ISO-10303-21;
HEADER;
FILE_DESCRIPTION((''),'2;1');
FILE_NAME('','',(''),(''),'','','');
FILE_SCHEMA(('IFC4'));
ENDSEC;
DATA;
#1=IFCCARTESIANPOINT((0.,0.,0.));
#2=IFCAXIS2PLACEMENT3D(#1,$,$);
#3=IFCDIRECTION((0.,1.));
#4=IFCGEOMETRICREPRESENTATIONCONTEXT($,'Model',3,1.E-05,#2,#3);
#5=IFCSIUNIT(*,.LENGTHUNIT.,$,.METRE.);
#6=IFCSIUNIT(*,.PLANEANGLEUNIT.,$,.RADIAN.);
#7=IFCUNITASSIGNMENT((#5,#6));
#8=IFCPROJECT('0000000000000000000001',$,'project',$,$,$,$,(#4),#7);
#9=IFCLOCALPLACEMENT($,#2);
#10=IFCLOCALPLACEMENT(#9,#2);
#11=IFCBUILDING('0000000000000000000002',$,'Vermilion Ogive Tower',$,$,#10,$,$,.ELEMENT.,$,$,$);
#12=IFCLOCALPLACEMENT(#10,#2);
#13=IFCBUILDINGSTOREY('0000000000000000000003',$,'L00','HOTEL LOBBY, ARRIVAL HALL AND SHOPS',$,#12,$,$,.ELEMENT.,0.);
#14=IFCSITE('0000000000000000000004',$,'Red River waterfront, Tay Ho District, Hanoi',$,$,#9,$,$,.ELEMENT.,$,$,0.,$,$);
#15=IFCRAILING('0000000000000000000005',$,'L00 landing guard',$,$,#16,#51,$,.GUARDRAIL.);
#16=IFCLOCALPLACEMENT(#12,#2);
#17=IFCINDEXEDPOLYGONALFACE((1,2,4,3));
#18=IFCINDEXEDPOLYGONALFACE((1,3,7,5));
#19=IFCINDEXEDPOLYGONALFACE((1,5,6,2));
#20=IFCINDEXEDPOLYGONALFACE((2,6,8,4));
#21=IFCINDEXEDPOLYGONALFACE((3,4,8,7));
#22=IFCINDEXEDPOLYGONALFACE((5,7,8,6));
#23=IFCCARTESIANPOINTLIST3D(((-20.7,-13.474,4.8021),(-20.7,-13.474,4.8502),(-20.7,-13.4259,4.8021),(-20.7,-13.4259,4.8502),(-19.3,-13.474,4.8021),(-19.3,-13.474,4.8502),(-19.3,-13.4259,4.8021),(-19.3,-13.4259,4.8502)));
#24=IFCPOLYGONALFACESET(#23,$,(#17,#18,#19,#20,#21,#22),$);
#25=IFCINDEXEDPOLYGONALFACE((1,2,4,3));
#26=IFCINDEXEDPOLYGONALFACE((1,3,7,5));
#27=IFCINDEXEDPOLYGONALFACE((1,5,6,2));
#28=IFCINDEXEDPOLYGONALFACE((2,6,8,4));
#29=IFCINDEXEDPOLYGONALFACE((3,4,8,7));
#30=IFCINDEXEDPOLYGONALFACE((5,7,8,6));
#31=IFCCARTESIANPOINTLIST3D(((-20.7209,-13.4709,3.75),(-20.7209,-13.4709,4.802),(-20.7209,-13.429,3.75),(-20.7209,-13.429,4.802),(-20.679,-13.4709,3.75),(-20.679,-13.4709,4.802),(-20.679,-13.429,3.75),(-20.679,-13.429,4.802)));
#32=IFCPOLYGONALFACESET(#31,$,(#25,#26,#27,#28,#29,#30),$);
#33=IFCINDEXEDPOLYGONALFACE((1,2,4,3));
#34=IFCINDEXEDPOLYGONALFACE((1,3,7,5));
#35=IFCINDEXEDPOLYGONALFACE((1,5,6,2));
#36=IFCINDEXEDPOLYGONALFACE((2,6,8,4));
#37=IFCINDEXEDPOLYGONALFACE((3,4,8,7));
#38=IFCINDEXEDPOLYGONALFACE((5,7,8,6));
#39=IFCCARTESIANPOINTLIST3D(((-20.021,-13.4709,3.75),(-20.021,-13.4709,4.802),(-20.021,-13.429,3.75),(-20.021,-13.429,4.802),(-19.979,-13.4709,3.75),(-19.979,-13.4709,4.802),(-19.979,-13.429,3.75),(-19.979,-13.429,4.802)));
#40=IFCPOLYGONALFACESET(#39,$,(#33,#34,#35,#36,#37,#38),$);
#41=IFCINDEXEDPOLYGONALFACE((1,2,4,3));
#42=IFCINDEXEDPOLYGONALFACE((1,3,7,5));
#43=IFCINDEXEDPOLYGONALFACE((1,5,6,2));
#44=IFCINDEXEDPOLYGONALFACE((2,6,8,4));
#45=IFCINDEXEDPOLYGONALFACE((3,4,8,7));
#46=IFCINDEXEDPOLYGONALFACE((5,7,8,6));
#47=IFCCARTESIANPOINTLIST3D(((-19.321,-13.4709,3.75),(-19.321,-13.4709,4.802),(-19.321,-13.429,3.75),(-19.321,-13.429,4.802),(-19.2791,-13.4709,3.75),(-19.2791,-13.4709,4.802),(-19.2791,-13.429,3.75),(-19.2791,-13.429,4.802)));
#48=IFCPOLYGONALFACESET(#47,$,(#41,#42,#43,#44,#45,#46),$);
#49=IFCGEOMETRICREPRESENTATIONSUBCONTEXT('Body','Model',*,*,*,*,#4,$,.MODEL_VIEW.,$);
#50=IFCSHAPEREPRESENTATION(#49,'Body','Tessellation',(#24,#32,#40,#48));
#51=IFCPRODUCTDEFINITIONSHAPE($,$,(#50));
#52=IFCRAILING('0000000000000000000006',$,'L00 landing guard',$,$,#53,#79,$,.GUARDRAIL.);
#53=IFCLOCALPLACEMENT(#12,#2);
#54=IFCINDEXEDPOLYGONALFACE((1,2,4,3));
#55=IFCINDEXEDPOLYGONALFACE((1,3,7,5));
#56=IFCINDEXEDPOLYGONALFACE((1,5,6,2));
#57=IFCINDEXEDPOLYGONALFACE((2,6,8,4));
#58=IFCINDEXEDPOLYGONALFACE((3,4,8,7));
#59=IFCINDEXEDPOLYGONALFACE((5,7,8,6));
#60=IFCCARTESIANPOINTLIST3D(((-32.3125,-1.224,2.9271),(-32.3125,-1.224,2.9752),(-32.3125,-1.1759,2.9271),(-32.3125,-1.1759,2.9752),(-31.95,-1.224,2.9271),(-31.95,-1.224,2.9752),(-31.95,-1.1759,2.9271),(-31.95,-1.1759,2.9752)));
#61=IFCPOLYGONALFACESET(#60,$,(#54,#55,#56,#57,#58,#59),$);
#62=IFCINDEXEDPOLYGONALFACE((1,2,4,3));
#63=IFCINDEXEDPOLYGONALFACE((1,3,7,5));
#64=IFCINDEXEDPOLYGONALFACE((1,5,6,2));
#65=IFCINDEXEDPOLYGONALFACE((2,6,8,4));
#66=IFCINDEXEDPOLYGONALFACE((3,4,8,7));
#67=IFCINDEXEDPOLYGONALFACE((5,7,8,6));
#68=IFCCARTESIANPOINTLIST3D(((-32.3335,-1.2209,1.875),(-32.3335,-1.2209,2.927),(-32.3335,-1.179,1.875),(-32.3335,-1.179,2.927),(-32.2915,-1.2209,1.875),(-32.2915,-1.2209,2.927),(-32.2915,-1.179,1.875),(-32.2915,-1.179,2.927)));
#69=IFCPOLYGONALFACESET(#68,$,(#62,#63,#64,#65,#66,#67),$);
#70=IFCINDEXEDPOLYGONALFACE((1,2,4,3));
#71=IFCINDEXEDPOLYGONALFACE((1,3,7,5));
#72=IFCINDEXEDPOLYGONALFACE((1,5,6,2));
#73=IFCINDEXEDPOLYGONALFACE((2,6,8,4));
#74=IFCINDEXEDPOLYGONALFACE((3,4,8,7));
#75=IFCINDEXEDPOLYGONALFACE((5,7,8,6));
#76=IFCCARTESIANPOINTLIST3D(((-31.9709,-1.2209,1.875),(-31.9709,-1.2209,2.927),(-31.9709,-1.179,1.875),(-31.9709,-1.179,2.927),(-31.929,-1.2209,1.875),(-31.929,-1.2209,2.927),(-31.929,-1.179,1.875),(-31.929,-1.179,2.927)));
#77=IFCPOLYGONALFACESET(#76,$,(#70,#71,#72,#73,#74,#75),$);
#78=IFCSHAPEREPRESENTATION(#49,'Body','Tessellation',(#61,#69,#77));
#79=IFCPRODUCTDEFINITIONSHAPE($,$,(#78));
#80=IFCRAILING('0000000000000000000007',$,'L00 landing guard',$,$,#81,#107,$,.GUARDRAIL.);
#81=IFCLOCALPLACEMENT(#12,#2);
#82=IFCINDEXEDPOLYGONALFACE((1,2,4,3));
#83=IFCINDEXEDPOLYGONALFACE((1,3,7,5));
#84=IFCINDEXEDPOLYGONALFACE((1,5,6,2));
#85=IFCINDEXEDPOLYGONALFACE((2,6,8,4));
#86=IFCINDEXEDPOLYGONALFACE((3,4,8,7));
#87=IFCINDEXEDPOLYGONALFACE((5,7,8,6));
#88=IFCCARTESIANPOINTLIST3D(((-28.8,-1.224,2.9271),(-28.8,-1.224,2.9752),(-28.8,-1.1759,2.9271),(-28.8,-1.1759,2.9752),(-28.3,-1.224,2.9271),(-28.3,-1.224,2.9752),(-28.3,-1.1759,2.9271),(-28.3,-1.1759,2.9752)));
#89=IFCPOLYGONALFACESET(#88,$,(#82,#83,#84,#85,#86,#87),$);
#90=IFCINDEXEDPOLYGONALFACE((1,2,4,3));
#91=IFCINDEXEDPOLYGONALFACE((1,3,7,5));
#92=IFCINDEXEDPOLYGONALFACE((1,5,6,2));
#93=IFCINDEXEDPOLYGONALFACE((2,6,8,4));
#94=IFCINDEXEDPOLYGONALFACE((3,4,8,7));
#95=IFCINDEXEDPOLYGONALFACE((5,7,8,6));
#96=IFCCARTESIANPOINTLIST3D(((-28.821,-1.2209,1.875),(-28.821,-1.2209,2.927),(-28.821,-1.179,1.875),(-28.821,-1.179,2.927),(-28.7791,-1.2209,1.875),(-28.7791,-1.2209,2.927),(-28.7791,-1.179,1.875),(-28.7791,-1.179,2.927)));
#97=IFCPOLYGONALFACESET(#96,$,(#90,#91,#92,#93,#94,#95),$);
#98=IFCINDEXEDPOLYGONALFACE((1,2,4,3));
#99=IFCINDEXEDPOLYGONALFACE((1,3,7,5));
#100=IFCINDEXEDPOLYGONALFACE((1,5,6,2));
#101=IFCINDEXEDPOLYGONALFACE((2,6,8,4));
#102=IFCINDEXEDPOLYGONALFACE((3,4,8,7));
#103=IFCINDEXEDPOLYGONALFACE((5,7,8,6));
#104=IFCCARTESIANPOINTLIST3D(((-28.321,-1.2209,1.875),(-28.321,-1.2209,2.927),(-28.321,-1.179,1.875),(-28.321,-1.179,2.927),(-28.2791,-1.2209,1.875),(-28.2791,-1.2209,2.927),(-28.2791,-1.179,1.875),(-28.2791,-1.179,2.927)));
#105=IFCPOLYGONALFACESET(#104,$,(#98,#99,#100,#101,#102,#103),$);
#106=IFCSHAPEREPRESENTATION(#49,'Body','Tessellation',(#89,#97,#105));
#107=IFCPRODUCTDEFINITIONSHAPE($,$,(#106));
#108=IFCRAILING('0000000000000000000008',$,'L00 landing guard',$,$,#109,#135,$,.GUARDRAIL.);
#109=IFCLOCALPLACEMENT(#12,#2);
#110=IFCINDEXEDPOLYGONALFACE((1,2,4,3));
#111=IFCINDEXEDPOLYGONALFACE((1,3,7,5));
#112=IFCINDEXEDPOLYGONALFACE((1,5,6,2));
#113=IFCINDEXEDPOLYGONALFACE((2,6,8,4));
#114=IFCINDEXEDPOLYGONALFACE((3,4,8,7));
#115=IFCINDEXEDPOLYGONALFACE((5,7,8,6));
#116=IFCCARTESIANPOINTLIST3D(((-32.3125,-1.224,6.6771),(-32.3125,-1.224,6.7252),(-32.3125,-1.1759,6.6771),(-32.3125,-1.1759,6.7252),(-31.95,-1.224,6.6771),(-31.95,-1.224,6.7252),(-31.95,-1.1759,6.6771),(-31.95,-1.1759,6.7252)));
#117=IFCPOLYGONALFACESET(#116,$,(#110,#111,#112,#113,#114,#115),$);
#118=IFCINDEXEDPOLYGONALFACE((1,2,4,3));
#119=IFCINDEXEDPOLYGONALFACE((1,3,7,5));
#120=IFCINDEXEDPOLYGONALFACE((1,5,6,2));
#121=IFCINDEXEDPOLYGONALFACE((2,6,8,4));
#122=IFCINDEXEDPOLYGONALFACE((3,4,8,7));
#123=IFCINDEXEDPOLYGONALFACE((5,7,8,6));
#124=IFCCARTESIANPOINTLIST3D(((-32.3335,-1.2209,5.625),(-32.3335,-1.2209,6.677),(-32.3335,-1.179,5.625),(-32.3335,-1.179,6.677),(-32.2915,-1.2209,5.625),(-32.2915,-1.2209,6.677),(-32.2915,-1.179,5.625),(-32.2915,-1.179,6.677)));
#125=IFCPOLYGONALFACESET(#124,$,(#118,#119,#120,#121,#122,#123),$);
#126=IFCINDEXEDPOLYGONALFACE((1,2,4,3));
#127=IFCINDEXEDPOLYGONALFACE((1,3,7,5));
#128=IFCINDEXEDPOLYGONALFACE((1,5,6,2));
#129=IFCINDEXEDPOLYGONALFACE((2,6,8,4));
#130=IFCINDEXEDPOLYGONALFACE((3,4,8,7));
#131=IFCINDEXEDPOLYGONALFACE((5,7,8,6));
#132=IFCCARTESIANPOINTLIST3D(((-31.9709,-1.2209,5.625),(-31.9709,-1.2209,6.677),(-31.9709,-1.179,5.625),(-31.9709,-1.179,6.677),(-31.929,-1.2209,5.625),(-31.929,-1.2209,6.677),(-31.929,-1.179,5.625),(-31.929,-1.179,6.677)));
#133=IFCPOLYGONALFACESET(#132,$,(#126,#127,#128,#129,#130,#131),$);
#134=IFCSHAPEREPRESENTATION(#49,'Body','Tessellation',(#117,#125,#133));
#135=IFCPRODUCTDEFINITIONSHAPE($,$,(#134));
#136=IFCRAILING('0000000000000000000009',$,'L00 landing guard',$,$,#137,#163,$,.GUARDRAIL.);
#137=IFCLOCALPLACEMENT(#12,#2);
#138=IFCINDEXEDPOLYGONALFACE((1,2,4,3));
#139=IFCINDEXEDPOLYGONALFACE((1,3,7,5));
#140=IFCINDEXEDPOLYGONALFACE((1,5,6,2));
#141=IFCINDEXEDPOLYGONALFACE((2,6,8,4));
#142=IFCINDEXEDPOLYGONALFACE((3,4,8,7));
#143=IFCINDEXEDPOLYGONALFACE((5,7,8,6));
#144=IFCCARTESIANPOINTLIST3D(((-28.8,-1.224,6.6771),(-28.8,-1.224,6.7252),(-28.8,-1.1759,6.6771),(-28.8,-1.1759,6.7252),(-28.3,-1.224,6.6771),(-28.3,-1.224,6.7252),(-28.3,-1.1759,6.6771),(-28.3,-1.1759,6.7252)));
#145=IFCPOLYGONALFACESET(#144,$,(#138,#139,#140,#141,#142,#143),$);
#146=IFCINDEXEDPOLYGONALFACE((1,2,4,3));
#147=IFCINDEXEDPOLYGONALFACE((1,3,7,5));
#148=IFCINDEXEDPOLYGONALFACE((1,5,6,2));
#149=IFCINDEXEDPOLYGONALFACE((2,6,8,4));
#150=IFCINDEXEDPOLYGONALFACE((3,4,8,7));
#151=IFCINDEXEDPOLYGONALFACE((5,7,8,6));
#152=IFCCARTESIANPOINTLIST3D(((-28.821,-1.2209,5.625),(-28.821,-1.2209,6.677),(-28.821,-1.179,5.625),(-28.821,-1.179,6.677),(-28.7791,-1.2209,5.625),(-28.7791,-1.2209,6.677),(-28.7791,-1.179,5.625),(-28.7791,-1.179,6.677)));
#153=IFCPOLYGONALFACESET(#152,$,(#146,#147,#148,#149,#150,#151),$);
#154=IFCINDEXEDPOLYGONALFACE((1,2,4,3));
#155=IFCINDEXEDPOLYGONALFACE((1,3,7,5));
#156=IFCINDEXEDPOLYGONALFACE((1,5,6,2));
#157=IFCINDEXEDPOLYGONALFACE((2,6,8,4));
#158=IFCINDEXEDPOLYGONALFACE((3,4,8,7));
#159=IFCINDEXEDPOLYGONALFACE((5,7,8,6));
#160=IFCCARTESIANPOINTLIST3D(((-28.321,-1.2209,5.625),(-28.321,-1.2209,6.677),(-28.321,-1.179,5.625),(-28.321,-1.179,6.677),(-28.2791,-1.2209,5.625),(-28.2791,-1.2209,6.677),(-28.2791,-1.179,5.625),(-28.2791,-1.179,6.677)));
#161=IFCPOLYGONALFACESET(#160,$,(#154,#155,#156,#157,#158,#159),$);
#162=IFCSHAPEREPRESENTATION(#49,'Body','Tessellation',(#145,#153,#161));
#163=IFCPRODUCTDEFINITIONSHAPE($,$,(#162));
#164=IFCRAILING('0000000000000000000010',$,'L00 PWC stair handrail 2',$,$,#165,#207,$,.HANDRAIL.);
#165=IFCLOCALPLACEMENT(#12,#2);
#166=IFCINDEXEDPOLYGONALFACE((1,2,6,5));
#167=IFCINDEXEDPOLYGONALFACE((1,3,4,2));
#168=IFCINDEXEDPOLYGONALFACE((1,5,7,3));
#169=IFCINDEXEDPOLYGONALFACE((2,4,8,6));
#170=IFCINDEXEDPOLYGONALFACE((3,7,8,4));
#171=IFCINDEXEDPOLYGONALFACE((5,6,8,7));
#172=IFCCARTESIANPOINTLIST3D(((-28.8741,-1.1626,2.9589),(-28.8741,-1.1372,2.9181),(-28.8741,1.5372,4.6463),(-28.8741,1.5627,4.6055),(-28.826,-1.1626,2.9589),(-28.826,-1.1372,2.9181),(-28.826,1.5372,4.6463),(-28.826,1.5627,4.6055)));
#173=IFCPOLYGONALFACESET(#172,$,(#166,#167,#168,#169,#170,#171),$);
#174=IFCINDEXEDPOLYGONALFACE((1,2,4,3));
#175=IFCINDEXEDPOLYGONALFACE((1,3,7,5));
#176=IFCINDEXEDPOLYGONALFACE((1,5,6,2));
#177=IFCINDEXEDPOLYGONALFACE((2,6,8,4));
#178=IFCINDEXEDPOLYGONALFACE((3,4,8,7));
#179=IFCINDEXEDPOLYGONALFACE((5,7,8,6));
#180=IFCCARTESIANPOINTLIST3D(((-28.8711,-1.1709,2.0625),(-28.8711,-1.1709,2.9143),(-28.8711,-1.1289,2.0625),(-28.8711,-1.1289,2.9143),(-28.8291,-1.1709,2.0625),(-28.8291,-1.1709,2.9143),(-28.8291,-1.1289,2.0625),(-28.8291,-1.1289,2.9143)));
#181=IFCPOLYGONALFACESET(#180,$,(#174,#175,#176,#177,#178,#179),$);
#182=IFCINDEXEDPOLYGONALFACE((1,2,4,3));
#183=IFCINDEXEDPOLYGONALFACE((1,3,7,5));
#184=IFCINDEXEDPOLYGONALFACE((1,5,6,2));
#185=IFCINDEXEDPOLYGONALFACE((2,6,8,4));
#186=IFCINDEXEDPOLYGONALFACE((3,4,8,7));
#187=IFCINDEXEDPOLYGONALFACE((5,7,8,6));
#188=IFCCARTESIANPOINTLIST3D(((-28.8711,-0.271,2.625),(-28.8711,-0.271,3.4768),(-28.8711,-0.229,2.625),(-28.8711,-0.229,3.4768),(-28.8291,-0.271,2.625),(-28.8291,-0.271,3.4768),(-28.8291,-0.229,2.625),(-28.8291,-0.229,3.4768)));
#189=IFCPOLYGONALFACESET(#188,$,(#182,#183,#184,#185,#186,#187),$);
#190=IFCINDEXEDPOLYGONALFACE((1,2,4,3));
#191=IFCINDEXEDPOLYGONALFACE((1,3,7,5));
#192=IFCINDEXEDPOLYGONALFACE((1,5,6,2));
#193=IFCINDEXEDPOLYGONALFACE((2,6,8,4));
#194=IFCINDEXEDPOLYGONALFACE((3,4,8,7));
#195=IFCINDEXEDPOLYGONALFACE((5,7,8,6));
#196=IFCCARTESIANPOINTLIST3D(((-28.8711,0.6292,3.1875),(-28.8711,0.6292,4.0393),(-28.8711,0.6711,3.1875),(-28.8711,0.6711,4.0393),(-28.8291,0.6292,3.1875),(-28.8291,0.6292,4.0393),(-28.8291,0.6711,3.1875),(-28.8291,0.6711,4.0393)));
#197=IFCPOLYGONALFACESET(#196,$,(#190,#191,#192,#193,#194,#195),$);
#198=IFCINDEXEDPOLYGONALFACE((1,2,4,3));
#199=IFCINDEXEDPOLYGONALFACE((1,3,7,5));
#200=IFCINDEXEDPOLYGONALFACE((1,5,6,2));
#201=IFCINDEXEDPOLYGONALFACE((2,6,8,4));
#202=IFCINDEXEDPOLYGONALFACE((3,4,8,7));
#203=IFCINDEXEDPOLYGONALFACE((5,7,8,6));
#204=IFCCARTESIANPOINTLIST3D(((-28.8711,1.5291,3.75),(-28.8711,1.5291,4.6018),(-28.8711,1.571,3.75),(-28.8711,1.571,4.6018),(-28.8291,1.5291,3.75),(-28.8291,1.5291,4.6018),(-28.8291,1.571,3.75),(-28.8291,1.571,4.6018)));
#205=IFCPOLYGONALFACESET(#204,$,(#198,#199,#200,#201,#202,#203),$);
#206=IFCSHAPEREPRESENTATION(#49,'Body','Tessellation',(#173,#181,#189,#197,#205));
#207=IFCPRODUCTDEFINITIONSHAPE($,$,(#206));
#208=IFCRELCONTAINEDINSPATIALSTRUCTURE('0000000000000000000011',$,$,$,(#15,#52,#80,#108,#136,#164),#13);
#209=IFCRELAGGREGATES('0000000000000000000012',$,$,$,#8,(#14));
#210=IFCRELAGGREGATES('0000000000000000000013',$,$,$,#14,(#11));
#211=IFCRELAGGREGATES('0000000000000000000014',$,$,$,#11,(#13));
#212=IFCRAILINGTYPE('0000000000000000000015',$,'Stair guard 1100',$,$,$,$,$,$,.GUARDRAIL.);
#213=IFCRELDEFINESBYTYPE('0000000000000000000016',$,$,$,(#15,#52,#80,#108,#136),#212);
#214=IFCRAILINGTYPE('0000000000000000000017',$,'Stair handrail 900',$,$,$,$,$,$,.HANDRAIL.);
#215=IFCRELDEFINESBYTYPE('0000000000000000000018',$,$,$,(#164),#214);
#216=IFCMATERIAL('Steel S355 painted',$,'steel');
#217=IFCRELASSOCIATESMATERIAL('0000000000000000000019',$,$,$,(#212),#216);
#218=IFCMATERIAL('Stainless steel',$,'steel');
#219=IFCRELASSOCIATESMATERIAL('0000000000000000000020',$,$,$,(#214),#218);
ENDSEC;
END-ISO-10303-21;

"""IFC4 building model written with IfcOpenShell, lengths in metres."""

from ifc_helpers import new_model, si_unit, direction, frame, origin, origin_2d, place, context, subcontext, project, spatial, rectangle, extrude, material, type_object, element, save


model = new_model("IFC4")

# Units and contexts
model_context = context("Model", 3, precision=1e-05, world=origin(), true_north=direction((0.0, 1.0)))
body_context = subcontext(model_context, "Body", "Model", "MODEL_VIEW")
ifc_project = project(units=[si_unit("LENGTHUNIT", "METRE"), si_unit("PLANEANGLEUNIT", "RADIAN")], contexts=[model_context])

# Site, building, storey
site_placement = place(None, origin())
site = spatial("IfcSite", under=ifc_project, at=site_placement, Name="Red River waterfront, Tay Ho District, Hanoi", CompositionType="ELEMENT", RefElevation=0.0)
building_placement = place(site_placement, origin())
building = spatial("IfcBuilding", under=site, at=building_placement, Name="Vermilion Ogive Tower", CompositionType="ELEMENT")
storey_placement = place(building_placement, origin())
storey = spatial("IfcBuildingStorey", under=building, at=storey_placement, Name="L00", Description="HOTEL LOBBY, ARRIVAL HALL AND SHOPS", CompositionType="ELEMENT", Elevation=0.0)

# Railings
ifc_material_1 = material(Name="Steel S355 painted", Category="steel")
railing_type_1 = type_object("IfcRailingType", Name="Stair guard 1100", PredefinedType="GUARDRAIL", material=ifc_material_1)
railing_1_placement = place(storey_placement, frame((-20.7, -13.45, 3.75)))
element("IfcRailing", 1, at=railing_1_placement, inside=storey, type_object=railing_type_1, Name="L00 landing guard", PredefinedType="GUARDRAIL", context=body_context, shape_type="SweptSolid", body=[
    extrude(rectangle(XDim=0.0481, YDim=0.0481, at=origin_2d()), frame((0.0, 0.0, 1.0762), z_axis=(1.0, 0.0, 0.0), x_axis=(0.0, 1.0, 0.0)), (0.0, 0.0, 1.0), 1.3999),
    extrude(rectangle(XDim=0.042, YDim=0.042, at=origin_2d()), origin(), (0.0, 0.0, 1.0), 1.052),
    extrude(rectangle(XDim=0.042, YDim=0.042, at=origin_2d()), frame((0.7, 0.0, 0.0)), (0.0, 0.0, 1.0), 1.052),
    extrude(rectangle(XDim=0.042, YDim=0.042, at=origin_2d()), frame((1.3999, 0.0, 0.0)), (0.0, 0.0, 1.0), 1.052),
])
railing_2_placement = place(storey_placement, frame((-32.3125, -1.2, 1.875)))
element("IfcRailing", 2, at=railing_2_placement, inside=storey, type_object=railing_type_1, Name="L00 landing guard", PredefinedType="GUARDRAIL", context=body_context, shape_type="SweptSolid", body=[
    extrude(rectangle(XDim=0.0481, YDim=0.0481, at=origin_2d()), frame((0.0, 0.0, 1.0762), z_axis=(1.0, 0.0, 0.0), x_axis=(0.0, 1.0, 0.0)), (0.0, 0.0, 1.0), 0.3625),
    extrude(rectangle(XDim=0.042, YDim=0.042, at=origin_2d()), origin(), (0.0, 0.0, 1.0), 1.052),
    extrude(rectangle(XDim=0.042, YDim=0.042, at=origin_2d()), frame((0.3625, 0.0, 0.0)), (0.0, 0.0, 1.0), 1.052),
])
railing_3_placement = place(storey_placement, frame((-28.8, -1.2, 1.875)))
element("IfcRailing", 3, at=railing_3_placement, inside=storey, type_object=railing_type_1, Name="L00 landing guard", PredefinedType="GUARDRAIL", context=body_context, shape_type="SweptSolid", body=[
    extrude(rectangle(XDim=0.0481, YDim=0.0481, at=origin_2d()), frame((0.0, 0.0, 1.0762), z_axis=(1.0, 0.0, 0.0), x_axis=(0.0, 1.0, 0.0)), (0.0, 0.0, 1.0), 0.5),
    extrude(rectangle(XDim=0.042, YDim=0.042, at=origin_2d()), origin(), (0.0, 0.0, 1.0), 1.052),
    extrude(rectangle(XDim=0.042, YDim=0.042, at=origin_2d()), frame((0.5, 0.0, 0.0)), (0.0, 0.0, 1.0), 1.052),
])
railing_4_placement = place(storey_placement, frame((-32.3125, -1.2, 5.625)))
element("IfcRailing", 4, at=railing_4_placement, inside=storey, type_object=railing_type_1, Name="L00 landing guard", PredefinedType="GUARDRAIL", context=body_context, shape_type="SweptSolid", body=[
    extrude(rectangle(XDim=0.0481, YDim=0.0481, at=origin_2d()), frame((0.0, 0.0, 1.0762), z_axis=(1.0, 0.0, 0.0), x_axis=(0.0, 1.0, 0.0)), (0.0, 0.0, 1.0), 0.3625),
    extrude(rectangle(XDim=0.042, YDim=0.042, at=origin_2d()), origin(), (0.0, 0.0, 1.0), 1.052),
    extrude(rectangle(XDim=0.042, YDim=0.042, at=origin_2d()), frame((0.3625, 0.0, 0.0)), (0.0, 0.0, 1.0), 1.052),
])
railing_5_placement = place(storey_placement, frame((-28.8, -1.2, 5.625)))
element("IfcRailing", 5, at=railing_5_placement, inside=storey, type_object=railing_type_1, Name="L00 landing guard", PredefinedType="GUARDRAIL", context=body_context, shape_type="SweptSolid", body=[
    extrude(rectangle(XDim=0.0481, YDim=0.0481, at=origin_2d()), frame((0.0, 0.0, 1.0762), z_axis=(1.0, 0.0, 0.0), x_axis=(0.0, 1.0, 0.0)), (0.0, 0.0, 1.0), 0.5),
    extrude(rectangle(XDim=0.042, YDim=0.042, at=origin_2d()), origin(), (0.0, 0.0, 1.0), 1.052),
    extrude(rectangle(XDim=0.042, YDim=0.042, at=origin_2d()), frame((0.5, 0.0, 0.0)), (0.0, 0.0, 1.0), 1.052),
])
ifc_material_2 = material(Name="Stainless steel", Category="steel")
railing_type_2 = type_object("IfcRailingType", Name="Stair handrail 900", PredefinedType="HANDRAIL", material=ifc_material_2)
for number, where, name in (
    (6, (-28.8501, -1.1499, 2.0625), "L00 PWC stair handrail 2"),
):
    element("IfcRailing", number, at=place(storey_placement, frame(where)), inside=storey, type_object=railing_type_2, Name=name, PredefinedType="HANDRAIL", context=body_context, shape_type="SweptSolid", body=[
        extrude(rectangle(XDim=0.0481, YDim=0.0481, at=origin_2d()), frame((0.0, 0.0, 0.876), z_axis=(0.0, 0.847994, 0.530006), x_axis=(-1.0, 0.0, 0.0)), (0.0, 0.0, 1.0), 3.1838),
        extrude(rectangle(XDim=0.042, YDim=0.042, at=origin_2d()), origin(), (0.0, 0.0, 1.0), 0.8518),
        extrude(rectangle(XDim=0.042, YDim=0.042, at=origin_2d()), frame((0.0, 0.8999, 0.5625)), (0.0, 0.0, 1.0), 0.8518),
        extrude(rectangle(XDim=0.042, YDim=0.042, at=origin_2d()), frame((0.0, 1.8, 1.125)), (0.0, 0.0, 1.0), 0.8518),
        extrude(rectangle(XDim=0.042, YDim=0.042, at=origin_2d()), frame((0.0, 2.7, 1.6875)), (0.0, 0.0, 1.0), 0.8518),
    ])

save(model, "model.ifc")
